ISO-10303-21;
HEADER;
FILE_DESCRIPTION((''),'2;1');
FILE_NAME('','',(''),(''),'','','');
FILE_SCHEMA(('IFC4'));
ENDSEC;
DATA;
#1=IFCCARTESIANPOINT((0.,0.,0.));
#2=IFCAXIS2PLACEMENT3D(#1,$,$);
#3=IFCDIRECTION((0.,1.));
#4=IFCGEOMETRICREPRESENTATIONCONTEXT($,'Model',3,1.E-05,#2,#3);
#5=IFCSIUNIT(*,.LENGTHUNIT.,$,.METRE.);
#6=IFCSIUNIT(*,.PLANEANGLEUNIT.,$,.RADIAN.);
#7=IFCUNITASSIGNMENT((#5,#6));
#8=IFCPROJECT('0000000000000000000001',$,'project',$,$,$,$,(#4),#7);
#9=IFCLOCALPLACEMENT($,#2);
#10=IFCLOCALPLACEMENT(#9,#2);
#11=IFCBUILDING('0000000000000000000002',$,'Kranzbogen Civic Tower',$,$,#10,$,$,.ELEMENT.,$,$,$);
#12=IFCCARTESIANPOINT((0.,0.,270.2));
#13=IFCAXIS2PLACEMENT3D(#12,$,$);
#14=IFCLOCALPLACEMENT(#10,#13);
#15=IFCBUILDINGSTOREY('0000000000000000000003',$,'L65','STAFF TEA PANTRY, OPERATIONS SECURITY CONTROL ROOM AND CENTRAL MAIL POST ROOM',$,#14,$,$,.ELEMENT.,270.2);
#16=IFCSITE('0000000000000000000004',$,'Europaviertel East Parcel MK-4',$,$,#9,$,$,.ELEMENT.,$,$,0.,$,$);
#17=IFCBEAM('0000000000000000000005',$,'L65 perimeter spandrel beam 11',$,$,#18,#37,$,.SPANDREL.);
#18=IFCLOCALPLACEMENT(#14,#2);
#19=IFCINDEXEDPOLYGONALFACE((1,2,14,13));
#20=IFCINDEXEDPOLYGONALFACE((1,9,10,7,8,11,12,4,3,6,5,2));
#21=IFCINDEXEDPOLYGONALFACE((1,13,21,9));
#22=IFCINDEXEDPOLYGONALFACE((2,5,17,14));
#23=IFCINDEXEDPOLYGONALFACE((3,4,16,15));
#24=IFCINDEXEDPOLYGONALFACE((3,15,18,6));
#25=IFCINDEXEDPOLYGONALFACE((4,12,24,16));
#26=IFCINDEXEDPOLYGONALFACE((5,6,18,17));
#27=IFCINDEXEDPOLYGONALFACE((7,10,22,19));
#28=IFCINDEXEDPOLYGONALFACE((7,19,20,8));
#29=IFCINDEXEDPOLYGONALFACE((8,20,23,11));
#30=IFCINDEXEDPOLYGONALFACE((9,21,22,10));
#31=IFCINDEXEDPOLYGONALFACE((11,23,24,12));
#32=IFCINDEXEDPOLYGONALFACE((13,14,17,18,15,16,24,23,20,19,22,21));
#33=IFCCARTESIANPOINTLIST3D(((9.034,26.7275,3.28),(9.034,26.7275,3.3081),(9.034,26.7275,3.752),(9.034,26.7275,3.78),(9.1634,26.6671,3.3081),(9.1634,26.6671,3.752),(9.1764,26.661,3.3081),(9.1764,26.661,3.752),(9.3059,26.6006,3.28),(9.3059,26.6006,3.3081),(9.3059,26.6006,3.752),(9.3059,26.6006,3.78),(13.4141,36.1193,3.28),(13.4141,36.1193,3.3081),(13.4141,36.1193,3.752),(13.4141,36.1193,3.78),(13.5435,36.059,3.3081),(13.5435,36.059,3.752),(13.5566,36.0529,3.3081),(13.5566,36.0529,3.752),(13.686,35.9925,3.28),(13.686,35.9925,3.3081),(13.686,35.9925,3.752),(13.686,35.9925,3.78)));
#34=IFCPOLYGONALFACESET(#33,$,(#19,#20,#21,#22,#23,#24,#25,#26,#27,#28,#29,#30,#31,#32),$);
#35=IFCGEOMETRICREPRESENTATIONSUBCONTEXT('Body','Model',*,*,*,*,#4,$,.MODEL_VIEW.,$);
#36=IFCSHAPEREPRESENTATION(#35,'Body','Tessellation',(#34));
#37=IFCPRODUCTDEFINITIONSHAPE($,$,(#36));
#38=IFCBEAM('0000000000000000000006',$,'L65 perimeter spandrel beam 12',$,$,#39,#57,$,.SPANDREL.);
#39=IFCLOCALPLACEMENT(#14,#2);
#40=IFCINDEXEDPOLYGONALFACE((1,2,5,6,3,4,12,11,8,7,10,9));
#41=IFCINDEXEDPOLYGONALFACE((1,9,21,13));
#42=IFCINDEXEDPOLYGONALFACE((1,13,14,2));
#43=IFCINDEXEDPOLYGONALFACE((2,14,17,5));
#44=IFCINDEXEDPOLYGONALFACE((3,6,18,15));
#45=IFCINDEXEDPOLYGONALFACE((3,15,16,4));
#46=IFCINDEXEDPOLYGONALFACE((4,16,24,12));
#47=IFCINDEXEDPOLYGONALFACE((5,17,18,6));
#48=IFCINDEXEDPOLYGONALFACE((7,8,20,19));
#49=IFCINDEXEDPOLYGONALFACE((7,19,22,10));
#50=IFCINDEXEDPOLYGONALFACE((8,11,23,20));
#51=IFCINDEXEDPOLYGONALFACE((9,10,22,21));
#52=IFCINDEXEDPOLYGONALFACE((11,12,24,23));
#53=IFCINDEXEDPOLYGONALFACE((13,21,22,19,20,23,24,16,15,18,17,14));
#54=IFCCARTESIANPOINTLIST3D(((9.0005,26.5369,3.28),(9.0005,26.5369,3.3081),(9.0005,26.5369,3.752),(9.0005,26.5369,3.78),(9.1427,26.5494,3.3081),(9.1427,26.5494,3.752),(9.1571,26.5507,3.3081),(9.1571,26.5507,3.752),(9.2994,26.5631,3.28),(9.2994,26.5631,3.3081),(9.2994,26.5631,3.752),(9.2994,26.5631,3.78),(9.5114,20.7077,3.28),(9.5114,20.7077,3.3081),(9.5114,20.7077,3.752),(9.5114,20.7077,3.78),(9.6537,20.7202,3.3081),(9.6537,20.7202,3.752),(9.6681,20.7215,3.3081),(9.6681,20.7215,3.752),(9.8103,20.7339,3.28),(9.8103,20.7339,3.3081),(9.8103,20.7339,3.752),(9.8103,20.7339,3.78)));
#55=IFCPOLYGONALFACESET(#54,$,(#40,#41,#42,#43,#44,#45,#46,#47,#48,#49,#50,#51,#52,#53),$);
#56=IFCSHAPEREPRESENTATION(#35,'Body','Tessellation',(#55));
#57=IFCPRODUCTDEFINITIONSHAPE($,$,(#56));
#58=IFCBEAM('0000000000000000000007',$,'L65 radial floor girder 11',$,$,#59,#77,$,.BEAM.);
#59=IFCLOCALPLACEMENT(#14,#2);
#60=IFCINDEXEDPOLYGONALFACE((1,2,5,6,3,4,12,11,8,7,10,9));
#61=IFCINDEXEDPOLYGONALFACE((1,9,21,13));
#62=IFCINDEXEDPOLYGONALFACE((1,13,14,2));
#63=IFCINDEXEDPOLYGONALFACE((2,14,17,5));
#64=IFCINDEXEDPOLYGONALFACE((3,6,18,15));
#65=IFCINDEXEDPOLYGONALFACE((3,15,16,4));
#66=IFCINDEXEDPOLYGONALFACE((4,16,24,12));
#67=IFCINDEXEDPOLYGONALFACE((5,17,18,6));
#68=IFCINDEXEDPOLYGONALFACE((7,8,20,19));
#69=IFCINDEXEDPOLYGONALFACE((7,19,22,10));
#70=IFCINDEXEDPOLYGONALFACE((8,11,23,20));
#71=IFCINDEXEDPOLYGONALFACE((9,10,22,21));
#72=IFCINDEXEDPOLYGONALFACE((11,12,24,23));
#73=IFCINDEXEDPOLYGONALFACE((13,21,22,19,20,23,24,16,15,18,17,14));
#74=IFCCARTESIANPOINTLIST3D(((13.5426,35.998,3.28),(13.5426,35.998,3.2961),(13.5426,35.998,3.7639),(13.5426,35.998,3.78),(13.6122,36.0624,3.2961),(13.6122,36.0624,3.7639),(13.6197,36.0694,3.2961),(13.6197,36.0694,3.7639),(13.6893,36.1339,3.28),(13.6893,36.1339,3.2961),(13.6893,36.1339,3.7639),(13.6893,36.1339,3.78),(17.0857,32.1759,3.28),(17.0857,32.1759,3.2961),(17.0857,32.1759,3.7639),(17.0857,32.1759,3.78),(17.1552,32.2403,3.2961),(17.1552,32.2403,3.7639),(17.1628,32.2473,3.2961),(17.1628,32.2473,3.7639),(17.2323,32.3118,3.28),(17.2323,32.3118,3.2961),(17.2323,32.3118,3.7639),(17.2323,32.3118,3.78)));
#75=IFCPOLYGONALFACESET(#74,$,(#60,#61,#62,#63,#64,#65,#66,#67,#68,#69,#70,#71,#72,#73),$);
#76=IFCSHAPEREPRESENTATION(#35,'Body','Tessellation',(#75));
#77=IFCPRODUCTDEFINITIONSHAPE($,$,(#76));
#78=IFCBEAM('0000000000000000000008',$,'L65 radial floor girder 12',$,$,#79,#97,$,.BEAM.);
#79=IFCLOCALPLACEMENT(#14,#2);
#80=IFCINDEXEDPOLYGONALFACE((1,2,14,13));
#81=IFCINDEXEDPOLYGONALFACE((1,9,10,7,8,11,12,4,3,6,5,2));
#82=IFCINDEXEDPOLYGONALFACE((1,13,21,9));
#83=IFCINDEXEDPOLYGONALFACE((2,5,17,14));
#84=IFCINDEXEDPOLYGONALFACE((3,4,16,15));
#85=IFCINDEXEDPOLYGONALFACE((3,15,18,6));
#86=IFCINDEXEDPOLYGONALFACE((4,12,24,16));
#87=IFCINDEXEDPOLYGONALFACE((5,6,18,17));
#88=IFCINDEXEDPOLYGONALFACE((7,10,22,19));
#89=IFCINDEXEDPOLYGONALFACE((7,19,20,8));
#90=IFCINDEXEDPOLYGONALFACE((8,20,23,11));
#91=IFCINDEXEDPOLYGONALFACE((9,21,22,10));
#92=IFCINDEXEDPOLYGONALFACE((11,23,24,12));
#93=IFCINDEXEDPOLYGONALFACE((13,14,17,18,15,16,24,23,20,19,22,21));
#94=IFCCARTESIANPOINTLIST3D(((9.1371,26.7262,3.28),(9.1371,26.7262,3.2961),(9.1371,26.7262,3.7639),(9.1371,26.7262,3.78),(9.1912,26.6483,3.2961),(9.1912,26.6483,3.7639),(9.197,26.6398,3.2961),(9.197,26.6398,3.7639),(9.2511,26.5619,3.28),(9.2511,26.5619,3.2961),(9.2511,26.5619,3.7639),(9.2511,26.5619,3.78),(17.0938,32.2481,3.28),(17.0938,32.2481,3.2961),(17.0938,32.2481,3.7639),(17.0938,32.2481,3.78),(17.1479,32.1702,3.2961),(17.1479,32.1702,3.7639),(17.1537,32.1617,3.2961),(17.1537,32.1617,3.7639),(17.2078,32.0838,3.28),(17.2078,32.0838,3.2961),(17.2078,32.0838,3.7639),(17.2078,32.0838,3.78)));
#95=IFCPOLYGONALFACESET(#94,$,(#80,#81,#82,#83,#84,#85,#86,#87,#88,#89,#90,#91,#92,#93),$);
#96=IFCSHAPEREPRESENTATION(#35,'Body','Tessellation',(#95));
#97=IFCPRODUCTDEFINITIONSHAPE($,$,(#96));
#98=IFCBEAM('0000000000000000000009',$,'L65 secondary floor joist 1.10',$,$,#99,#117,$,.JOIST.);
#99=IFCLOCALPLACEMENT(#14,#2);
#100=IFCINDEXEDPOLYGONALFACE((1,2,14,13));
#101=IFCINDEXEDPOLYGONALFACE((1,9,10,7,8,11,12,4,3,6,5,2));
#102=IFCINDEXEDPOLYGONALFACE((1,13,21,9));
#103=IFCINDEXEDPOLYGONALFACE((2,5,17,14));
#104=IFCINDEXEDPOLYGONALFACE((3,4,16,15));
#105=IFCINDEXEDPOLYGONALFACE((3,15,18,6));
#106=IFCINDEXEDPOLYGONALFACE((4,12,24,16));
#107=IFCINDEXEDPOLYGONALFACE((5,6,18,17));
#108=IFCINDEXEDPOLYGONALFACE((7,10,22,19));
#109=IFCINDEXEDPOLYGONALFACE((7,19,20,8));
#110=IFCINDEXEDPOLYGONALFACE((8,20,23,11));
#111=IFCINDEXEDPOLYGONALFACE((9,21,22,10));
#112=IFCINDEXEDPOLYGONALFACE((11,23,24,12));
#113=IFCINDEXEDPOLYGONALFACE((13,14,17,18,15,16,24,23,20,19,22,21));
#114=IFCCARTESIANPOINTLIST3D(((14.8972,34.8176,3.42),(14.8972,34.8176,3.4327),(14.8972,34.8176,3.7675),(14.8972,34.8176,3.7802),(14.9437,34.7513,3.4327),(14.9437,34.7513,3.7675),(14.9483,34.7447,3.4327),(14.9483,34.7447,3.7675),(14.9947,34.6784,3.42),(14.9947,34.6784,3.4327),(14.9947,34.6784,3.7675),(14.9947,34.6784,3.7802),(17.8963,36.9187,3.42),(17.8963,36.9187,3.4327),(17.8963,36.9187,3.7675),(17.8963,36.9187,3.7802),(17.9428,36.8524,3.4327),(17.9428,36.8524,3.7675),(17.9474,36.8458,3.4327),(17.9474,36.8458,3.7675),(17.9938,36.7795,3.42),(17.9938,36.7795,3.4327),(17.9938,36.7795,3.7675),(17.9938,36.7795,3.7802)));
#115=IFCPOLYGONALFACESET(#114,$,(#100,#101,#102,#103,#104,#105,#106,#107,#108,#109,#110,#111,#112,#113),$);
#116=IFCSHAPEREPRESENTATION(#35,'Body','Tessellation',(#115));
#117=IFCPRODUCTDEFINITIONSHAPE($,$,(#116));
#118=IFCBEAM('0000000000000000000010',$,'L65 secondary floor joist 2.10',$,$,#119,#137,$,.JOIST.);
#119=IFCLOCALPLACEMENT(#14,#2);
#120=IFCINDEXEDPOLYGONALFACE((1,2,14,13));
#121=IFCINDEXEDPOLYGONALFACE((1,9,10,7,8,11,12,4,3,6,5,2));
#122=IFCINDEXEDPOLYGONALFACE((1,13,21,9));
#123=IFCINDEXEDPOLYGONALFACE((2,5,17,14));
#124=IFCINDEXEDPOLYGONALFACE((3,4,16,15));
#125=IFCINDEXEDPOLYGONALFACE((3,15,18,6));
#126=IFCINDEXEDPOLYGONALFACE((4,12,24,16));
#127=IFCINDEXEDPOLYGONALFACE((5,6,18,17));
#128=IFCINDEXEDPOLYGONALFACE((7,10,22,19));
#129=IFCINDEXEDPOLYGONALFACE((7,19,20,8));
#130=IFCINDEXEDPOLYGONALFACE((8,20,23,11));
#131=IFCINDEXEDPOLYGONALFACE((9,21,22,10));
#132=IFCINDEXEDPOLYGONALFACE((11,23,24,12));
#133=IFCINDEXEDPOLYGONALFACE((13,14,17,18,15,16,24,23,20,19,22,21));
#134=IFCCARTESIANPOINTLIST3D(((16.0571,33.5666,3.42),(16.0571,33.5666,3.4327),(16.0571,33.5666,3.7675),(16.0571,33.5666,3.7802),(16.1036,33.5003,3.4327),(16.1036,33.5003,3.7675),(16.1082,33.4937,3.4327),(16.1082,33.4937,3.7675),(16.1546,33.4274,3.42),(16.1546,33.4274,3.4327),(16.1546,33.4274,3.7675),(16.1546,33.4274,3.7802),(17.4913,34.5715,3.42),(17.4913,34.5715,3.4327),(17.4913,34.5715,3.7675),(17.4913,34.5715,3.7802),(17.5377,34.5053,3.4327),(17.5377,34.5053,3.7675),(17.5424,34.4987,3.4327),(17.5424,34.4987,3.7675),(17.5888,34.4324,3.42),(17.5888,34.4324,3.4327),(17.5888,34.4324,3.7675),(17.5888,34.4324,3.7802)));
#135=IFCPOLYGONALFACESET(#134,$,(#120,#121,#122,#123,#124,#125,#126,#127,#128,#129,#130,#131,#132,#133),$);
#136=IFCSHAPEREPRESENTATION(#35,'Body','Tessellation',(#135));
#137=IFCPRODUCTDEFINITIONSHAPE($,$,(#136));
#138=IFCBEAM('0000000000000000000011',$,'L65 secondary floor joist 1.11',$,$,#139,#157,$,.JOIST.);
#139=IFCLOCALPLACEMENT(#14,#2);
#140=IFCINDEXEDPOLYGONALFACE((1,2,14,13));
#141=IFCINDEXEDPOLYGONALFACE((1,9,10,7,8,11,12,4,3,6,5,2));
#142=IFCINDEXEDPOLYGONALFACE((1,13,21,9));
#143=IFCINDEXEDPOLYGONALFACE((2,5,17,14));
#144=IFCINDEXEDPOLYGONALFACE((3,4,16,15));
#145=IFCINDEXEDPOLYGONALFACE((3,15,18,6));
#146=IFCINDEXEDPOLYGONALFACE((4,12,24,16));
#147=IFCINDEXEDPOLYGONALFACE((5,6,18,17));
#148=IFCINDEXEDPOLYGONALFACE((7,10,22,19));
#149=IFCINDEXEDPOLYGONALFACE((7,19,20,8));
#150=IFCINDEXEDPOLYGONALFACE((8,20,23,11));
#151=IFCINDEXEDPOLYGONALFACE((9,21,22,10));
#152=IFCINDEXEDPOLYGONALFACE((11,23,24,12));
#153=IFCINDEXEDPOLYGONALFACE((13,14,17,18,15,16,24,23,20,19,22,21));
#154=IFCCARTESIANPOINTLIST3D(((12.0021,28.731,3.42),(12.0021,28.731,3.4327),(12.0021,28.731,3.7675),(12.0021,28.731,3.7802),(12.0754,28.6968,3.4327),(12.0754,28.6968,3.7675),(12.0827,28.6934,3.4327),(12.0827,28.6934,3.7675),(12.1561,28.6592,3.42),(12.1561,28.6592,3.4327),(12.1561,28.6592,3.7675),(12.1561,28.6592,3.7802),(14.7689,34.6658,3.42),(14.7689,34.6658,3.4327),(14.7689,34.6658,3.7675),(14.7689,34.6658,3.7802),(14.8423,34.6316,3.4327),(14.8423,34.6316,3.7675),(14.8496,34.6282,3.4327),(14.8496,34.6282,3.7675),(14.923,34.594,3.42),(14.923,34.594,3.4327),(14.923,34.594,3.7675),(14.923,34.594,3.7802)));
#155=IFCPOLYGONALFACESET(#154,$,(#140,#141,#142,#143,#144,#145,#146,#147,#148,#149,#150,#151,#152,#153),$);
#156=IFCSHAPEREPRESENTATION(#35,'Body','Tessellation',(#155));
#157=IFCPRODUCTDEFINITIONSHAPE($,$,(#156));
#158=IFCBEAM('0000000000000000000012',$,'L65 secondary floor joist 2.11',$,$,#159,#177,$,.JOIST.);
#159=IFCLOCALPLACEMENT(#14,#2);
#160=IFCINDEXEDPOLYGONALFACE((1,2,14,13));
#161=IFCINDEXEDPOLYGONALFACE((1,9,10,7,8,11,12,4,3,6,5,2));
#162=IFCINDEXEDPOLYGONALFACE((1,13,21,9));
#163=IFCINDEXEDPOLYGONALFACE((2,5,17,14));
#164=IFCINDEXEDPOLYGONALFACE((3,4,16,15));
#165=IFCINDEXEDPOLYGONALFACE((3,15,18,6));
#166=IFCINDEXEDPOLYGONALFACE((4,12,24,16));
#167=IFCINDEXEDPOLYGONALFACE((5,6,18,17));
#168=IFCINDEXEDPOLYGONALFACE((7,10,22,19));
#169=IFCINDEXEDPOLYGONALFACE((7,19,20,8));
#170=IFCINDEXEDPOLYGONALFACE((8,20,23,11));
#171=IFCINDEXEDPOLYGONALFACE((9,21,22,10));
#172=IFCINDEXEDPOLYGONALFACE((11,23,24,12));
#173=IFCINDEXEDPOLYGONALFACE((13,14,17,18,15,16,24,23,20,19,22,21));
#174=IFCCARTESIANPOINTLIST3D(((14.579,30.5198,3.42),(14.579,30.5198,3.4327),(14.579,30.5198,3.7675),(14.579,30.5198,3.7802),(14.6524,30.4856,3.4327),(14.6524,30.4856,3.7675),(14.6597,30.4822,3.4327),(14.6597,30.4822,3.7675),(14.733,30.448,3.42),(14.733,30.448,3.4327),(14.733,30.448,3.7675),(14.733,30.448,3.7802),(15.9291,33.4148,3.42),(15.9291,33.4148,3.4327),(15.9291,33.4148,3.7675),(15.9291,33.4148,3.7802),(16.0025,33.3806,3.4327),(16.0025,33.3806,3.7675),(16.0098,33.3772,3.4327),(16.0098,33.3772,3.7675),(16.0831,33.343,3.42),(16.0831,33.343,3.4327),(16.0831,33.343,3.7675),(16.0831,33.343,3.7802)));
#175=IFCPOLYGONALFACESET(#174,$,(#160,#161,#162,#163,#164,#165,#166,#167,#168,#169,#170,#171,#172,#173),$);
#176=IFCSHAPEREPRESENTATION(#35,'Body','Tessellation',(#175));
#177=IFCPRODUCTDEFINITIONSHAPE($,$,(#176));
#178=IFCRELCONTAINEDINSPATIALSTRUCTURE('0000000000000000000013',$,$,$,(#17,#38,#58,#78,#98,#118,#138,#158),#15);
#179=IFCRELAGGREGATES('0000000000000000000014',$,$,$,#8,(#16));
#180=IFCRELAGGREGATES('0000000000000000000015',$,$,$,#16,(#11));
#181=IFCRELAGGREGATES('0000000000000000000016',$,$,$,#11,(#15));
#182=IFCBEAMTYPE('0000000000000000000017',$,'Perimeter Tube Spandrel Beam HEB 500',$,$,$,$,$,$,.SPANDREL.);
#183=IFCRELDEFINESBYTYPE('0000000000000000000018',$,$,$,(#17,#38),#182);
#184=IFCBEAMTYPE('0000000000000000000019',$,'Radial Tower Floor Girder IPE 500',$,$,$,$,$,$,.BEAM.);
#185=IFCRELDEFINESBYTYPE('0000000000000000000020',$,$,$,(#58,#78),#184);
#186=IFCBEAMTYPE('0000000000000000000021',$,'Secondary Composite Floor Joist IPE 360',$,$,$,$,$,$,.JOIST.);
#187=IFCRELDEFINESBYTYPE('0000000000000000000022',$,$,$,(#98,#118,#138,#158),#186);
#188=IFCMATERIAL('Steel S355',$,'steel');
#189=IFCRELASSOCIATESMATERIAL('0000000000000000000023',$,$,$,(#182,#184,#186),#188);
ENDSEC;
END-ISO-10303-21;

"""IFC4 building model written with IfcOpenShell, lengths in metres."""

from ifc_helpers import new_model, si_unit, direction, frame, origin, origin_2d, place, context, subcontext, project, spatial, i_section, extrude, material, material_profile, profile_set, type_object, element, save


model = new_model("IFC4")

# Units and contexts
model_context = context("Model", 3, precision=1e-05, world=origin(), true_north=direction((0.0, 1.0)))
body_context = subcontext(model_context, "Body", "Model", "MODEL_VIEW")
ifc_project = project(units=[si_unit("LENGTHUNIT", "METRE"), si_unit("PLANEANGLEUNIT", "RADIAN")], contexts=[model_context])

# Site, building, storey
site_placement = place(None, origin())
site = spatial("IfcSite", under=ifc_project, at=site_placement, Name="Europaviertel East Parcel MK-4", CompositionType="ELEMENT", RefElevation=0.0)
building_placement = place(site_placement, origin())
building = spatial("IfcBuilding", under=site, at=building_placement, Name="Kranzbogen Civic Tower", CompositionType="ELEMENT")
storey_placement = place(building_placement, frame((0.0, 0.0, 270.2)))
storey = spatial("IfcBuildingStorey", under=building, at=storey_placement, Name="L65", Description="STAFF TEA PANTRY, OPERATIONS SECURITY CONTROL ROOM AND CENTRAL MAIL POST ROOM", CompositionType="ELEMENT", Elevation=270.2)

# Shared definitions
ifc_material_1 = material(Name="Steel S355", Category="steel")

# Beams
ifc_material_profile_1 = material_profile(ifc_material_1, i_section(OverallWidth=0.3, OverallDepth=0.5, WebThickness=0.0144, FlangeThickness=0.0281, at=origin_2d()), Name="HEB 500")
ifc_profile_set_1 = profile_set([ifc_material_profile_1], Name="Steel S355")
beam_type_1 = type_object("IfcBeamType", Name="Perimeter Tube Spandrel Beam HEB 500", PredefinedType="SPANDREL", material=ifc_profile_set_1)
beam_1_placement = place(storey_placement, frame((13.55, 36.0559, 3.53), z_axis=(-0.422669, -0.906284, 0.0), x_axis=(0.906284, -0.422669, 0.0)))
element("IfcBeam", 1, at=beam_1_placement, inside=storey, type_object=beam_type_1, Name="L65 perimeter spandrel beam 11", PredefinedType="SPANDREL", context=body_context, shape_type="SweptSolid", body=[
    extrude(i_section(OverallWidth=0.3, OverallDepth=0.5, WebThickness=0.0144, FlangeThickness=0.0281, at=origin_2d()), origin(), (0.0, 0.0, 1.0), 10.363),
])
beam_2_placement = place(storey_placement, frame((9.1499, 26.55, 3.53), z_axis=(0.087326, -0.99618, 0.0), x_axis=(0.99618, 0.087326, 0.0)))
element("IfcBeam", 2, at=beam_2_placement, inside=storey, type_object=beam_type_1, Name="L65 perimeter spandrel beam 12", PredefinedType="SPANDREL", context=body_context, shape_type="SweptSolid", body=[
    extrude(i_section(OverallWidth=0.3, OverallDepth=0.5, WebThickness=0.0144, FlangeThickness=0.0281, at=origin_2d()), origin(), (0.0, 0.0, 1.0), 5.8516),
])
ifc_material_profile_2 = material_profile(ifc_material_1, i_section(OverallWidth=0.2, OverallDepth=0.5, WebThickness=0.0103, FlangeThickness=0.0161, at=origin_2d()), Name="IPE 500")
ifc_profile_set_2 = profile_set([ifc_material_profile_2], Name="Steel S355")
beam_type_2 = type_object("IfcBeamType", Name="Radial Tower Floor Girder IPE 500", PredefinedType="BEAM", material=ifc_profile_set_2)
beam_3_placement = place(storey_placement, frame((13.616, 36.0659, 3.53), z_axis=(0.679827, -0.733372, 0.0), x_axis=(0.733372, 0.679827, 0.0)))
element("IfcBeam", 3, at=beam_3_placement, inside=storey, type_object=beam_type_2, Name="L65 radial floor girder 11", PredefinedType="BEAM", context=body_context, shape_type="SweptSolid", body=[
    extrude(i_section(OverallWidth=0.2, OverallDepth=0.5, WebThickness=0.0103, FlangeThickness=0.0161, at=origin_2d()), origin(), (0.0, 0.0, 1.0), 5.2117),
])
beam_4_placement = place(storey_placement, frame((9.1941, 26.644, 3.53), z_axis=(0.821543, 0.570147, 0.0), x_axis=(-0.570147, 0.821543, 0.0)))
element("IfcBeam", 4, at=beam_4_placement, inside=storey, type_object=beam_type_2, Name="L65 radial floor girder 12", PredefinedType="BEAM", context=body_context, shape_type="SweptSolid", body=[
    extrude(i_section(OverallWidth=0.2, OverallDepth=0.5, WebThickness=0.0103, FlangeThickness=0.0161, at=origin_2d()), origin(), (0.0, 0.0, 1.0), 9.6851),
])
ifc_material_profile_3 = material_profile(ifc_material_1, i_section(OverallWidth=0.1699, OverallDepth=0.3601, WebThickness=0.0081, FlangeThickness=0.0127, at=origin_2d()), Name="IPE 360")
ifc_profile_set_3 = profile_set([ifc_material_profile_3], Name="Steel S355")
beam_type_3 = type_object("IfcBeamType", Name="Secondary Composite Floor Joist IPE 360", PredefinedType="JOIST", material=ifc_profile_set_3)
beam_5_placement = place(storey_placement, frame((17.9451, 36.8491, 3.6001), z_axis=(-0.819006, -0.573784, 0.0), x_axis=(0.573784, -0.819006, 0.0)))
element("IfcBeam", 5, at=beam_5_placement, inside=storey, type_object=beam_type_3, Name="L65 secondary floor joist 1.10", PredefinedType="JOIST", context=body_context, shape_type="SweptSolid", body=[
    extrude(i_section(OverallWidth=0.1699, OverallDepth=0.3601, WebThickness=0.0081, FlangeThickness=0.0127, at=origin_2d()), origin(), (0.0, 0.0, 1.0), 3.6619),
])
beam_6_placement = place(storey_placement, frame((17.54, 34.502, 3.6001), z_axis=(-0.818957, -0.573855, 0.0), x_axis=(0.573855, -0.818957, 0.0)))
element("IfcBeam", 6, at=beam_6_placement, inside=storey, type_object=beam_type_3, Name="L65 secondary floor joist 2.10", PredefinedType="JOIST", context=body_context, shape_type="SweptSolid", body=[
    extrude(i_section(OverallWidth=0.1699, OverallDepth=0.3601, WebThickness=0.0081, FlangeThickness=0.0127, at=origin_2d()), origin(), (0.0, 0.0, 1.0), 1.7512),
])
beam_7_placement = place(storey_placement, frame((14.8459, 34.6299, 3.6001), z_axis=(-0.422543, -0.906343, 0.0), x_axis=(0.906343, -0.422543, 0.0)))
element("IfcBeam", 7, at=beam_7_placement, inside=storey, type_object=beam_type_3, Name="L65 secondary floor joist 1.11", PredefinedType="JOIST", context=body_context, shape_type="SweptSolid", body=[
    extrude(i_section(OverallWidth=0.1699, OverallDepth=0.3601, WebThickness=0.0081, FlangeThickness=0.0127, at=origin_2d()), origin(), (0.0, 0.0, 1.0), 6.5481),
])
beam_8_placement = place(storey_placement, frame((16.0061, 33.3789, 3.6001), z_axis=(-0.422651, -0.906292, 0.0), x_axis=(0.906292, -0.422651, 0.0)))
element("IfcBeam", 8, at=beam_8_placement, inside=storey, type_object=beam_type_3, Name="L65 secondary floor joist 2.11", PredefinedType="JOIST", context=body_context, shape_type="SweptSolid", body=[
    extrude(i_section(OverallWidth=0.1699, OverallDepth=0.3601, WebThickness=0.0081, FlangeThickness=0.0127, at=origin_2d()), origin(), (0.0, 0.0, 1.0), 3.1943),
])

save(model, "model.ifc")
